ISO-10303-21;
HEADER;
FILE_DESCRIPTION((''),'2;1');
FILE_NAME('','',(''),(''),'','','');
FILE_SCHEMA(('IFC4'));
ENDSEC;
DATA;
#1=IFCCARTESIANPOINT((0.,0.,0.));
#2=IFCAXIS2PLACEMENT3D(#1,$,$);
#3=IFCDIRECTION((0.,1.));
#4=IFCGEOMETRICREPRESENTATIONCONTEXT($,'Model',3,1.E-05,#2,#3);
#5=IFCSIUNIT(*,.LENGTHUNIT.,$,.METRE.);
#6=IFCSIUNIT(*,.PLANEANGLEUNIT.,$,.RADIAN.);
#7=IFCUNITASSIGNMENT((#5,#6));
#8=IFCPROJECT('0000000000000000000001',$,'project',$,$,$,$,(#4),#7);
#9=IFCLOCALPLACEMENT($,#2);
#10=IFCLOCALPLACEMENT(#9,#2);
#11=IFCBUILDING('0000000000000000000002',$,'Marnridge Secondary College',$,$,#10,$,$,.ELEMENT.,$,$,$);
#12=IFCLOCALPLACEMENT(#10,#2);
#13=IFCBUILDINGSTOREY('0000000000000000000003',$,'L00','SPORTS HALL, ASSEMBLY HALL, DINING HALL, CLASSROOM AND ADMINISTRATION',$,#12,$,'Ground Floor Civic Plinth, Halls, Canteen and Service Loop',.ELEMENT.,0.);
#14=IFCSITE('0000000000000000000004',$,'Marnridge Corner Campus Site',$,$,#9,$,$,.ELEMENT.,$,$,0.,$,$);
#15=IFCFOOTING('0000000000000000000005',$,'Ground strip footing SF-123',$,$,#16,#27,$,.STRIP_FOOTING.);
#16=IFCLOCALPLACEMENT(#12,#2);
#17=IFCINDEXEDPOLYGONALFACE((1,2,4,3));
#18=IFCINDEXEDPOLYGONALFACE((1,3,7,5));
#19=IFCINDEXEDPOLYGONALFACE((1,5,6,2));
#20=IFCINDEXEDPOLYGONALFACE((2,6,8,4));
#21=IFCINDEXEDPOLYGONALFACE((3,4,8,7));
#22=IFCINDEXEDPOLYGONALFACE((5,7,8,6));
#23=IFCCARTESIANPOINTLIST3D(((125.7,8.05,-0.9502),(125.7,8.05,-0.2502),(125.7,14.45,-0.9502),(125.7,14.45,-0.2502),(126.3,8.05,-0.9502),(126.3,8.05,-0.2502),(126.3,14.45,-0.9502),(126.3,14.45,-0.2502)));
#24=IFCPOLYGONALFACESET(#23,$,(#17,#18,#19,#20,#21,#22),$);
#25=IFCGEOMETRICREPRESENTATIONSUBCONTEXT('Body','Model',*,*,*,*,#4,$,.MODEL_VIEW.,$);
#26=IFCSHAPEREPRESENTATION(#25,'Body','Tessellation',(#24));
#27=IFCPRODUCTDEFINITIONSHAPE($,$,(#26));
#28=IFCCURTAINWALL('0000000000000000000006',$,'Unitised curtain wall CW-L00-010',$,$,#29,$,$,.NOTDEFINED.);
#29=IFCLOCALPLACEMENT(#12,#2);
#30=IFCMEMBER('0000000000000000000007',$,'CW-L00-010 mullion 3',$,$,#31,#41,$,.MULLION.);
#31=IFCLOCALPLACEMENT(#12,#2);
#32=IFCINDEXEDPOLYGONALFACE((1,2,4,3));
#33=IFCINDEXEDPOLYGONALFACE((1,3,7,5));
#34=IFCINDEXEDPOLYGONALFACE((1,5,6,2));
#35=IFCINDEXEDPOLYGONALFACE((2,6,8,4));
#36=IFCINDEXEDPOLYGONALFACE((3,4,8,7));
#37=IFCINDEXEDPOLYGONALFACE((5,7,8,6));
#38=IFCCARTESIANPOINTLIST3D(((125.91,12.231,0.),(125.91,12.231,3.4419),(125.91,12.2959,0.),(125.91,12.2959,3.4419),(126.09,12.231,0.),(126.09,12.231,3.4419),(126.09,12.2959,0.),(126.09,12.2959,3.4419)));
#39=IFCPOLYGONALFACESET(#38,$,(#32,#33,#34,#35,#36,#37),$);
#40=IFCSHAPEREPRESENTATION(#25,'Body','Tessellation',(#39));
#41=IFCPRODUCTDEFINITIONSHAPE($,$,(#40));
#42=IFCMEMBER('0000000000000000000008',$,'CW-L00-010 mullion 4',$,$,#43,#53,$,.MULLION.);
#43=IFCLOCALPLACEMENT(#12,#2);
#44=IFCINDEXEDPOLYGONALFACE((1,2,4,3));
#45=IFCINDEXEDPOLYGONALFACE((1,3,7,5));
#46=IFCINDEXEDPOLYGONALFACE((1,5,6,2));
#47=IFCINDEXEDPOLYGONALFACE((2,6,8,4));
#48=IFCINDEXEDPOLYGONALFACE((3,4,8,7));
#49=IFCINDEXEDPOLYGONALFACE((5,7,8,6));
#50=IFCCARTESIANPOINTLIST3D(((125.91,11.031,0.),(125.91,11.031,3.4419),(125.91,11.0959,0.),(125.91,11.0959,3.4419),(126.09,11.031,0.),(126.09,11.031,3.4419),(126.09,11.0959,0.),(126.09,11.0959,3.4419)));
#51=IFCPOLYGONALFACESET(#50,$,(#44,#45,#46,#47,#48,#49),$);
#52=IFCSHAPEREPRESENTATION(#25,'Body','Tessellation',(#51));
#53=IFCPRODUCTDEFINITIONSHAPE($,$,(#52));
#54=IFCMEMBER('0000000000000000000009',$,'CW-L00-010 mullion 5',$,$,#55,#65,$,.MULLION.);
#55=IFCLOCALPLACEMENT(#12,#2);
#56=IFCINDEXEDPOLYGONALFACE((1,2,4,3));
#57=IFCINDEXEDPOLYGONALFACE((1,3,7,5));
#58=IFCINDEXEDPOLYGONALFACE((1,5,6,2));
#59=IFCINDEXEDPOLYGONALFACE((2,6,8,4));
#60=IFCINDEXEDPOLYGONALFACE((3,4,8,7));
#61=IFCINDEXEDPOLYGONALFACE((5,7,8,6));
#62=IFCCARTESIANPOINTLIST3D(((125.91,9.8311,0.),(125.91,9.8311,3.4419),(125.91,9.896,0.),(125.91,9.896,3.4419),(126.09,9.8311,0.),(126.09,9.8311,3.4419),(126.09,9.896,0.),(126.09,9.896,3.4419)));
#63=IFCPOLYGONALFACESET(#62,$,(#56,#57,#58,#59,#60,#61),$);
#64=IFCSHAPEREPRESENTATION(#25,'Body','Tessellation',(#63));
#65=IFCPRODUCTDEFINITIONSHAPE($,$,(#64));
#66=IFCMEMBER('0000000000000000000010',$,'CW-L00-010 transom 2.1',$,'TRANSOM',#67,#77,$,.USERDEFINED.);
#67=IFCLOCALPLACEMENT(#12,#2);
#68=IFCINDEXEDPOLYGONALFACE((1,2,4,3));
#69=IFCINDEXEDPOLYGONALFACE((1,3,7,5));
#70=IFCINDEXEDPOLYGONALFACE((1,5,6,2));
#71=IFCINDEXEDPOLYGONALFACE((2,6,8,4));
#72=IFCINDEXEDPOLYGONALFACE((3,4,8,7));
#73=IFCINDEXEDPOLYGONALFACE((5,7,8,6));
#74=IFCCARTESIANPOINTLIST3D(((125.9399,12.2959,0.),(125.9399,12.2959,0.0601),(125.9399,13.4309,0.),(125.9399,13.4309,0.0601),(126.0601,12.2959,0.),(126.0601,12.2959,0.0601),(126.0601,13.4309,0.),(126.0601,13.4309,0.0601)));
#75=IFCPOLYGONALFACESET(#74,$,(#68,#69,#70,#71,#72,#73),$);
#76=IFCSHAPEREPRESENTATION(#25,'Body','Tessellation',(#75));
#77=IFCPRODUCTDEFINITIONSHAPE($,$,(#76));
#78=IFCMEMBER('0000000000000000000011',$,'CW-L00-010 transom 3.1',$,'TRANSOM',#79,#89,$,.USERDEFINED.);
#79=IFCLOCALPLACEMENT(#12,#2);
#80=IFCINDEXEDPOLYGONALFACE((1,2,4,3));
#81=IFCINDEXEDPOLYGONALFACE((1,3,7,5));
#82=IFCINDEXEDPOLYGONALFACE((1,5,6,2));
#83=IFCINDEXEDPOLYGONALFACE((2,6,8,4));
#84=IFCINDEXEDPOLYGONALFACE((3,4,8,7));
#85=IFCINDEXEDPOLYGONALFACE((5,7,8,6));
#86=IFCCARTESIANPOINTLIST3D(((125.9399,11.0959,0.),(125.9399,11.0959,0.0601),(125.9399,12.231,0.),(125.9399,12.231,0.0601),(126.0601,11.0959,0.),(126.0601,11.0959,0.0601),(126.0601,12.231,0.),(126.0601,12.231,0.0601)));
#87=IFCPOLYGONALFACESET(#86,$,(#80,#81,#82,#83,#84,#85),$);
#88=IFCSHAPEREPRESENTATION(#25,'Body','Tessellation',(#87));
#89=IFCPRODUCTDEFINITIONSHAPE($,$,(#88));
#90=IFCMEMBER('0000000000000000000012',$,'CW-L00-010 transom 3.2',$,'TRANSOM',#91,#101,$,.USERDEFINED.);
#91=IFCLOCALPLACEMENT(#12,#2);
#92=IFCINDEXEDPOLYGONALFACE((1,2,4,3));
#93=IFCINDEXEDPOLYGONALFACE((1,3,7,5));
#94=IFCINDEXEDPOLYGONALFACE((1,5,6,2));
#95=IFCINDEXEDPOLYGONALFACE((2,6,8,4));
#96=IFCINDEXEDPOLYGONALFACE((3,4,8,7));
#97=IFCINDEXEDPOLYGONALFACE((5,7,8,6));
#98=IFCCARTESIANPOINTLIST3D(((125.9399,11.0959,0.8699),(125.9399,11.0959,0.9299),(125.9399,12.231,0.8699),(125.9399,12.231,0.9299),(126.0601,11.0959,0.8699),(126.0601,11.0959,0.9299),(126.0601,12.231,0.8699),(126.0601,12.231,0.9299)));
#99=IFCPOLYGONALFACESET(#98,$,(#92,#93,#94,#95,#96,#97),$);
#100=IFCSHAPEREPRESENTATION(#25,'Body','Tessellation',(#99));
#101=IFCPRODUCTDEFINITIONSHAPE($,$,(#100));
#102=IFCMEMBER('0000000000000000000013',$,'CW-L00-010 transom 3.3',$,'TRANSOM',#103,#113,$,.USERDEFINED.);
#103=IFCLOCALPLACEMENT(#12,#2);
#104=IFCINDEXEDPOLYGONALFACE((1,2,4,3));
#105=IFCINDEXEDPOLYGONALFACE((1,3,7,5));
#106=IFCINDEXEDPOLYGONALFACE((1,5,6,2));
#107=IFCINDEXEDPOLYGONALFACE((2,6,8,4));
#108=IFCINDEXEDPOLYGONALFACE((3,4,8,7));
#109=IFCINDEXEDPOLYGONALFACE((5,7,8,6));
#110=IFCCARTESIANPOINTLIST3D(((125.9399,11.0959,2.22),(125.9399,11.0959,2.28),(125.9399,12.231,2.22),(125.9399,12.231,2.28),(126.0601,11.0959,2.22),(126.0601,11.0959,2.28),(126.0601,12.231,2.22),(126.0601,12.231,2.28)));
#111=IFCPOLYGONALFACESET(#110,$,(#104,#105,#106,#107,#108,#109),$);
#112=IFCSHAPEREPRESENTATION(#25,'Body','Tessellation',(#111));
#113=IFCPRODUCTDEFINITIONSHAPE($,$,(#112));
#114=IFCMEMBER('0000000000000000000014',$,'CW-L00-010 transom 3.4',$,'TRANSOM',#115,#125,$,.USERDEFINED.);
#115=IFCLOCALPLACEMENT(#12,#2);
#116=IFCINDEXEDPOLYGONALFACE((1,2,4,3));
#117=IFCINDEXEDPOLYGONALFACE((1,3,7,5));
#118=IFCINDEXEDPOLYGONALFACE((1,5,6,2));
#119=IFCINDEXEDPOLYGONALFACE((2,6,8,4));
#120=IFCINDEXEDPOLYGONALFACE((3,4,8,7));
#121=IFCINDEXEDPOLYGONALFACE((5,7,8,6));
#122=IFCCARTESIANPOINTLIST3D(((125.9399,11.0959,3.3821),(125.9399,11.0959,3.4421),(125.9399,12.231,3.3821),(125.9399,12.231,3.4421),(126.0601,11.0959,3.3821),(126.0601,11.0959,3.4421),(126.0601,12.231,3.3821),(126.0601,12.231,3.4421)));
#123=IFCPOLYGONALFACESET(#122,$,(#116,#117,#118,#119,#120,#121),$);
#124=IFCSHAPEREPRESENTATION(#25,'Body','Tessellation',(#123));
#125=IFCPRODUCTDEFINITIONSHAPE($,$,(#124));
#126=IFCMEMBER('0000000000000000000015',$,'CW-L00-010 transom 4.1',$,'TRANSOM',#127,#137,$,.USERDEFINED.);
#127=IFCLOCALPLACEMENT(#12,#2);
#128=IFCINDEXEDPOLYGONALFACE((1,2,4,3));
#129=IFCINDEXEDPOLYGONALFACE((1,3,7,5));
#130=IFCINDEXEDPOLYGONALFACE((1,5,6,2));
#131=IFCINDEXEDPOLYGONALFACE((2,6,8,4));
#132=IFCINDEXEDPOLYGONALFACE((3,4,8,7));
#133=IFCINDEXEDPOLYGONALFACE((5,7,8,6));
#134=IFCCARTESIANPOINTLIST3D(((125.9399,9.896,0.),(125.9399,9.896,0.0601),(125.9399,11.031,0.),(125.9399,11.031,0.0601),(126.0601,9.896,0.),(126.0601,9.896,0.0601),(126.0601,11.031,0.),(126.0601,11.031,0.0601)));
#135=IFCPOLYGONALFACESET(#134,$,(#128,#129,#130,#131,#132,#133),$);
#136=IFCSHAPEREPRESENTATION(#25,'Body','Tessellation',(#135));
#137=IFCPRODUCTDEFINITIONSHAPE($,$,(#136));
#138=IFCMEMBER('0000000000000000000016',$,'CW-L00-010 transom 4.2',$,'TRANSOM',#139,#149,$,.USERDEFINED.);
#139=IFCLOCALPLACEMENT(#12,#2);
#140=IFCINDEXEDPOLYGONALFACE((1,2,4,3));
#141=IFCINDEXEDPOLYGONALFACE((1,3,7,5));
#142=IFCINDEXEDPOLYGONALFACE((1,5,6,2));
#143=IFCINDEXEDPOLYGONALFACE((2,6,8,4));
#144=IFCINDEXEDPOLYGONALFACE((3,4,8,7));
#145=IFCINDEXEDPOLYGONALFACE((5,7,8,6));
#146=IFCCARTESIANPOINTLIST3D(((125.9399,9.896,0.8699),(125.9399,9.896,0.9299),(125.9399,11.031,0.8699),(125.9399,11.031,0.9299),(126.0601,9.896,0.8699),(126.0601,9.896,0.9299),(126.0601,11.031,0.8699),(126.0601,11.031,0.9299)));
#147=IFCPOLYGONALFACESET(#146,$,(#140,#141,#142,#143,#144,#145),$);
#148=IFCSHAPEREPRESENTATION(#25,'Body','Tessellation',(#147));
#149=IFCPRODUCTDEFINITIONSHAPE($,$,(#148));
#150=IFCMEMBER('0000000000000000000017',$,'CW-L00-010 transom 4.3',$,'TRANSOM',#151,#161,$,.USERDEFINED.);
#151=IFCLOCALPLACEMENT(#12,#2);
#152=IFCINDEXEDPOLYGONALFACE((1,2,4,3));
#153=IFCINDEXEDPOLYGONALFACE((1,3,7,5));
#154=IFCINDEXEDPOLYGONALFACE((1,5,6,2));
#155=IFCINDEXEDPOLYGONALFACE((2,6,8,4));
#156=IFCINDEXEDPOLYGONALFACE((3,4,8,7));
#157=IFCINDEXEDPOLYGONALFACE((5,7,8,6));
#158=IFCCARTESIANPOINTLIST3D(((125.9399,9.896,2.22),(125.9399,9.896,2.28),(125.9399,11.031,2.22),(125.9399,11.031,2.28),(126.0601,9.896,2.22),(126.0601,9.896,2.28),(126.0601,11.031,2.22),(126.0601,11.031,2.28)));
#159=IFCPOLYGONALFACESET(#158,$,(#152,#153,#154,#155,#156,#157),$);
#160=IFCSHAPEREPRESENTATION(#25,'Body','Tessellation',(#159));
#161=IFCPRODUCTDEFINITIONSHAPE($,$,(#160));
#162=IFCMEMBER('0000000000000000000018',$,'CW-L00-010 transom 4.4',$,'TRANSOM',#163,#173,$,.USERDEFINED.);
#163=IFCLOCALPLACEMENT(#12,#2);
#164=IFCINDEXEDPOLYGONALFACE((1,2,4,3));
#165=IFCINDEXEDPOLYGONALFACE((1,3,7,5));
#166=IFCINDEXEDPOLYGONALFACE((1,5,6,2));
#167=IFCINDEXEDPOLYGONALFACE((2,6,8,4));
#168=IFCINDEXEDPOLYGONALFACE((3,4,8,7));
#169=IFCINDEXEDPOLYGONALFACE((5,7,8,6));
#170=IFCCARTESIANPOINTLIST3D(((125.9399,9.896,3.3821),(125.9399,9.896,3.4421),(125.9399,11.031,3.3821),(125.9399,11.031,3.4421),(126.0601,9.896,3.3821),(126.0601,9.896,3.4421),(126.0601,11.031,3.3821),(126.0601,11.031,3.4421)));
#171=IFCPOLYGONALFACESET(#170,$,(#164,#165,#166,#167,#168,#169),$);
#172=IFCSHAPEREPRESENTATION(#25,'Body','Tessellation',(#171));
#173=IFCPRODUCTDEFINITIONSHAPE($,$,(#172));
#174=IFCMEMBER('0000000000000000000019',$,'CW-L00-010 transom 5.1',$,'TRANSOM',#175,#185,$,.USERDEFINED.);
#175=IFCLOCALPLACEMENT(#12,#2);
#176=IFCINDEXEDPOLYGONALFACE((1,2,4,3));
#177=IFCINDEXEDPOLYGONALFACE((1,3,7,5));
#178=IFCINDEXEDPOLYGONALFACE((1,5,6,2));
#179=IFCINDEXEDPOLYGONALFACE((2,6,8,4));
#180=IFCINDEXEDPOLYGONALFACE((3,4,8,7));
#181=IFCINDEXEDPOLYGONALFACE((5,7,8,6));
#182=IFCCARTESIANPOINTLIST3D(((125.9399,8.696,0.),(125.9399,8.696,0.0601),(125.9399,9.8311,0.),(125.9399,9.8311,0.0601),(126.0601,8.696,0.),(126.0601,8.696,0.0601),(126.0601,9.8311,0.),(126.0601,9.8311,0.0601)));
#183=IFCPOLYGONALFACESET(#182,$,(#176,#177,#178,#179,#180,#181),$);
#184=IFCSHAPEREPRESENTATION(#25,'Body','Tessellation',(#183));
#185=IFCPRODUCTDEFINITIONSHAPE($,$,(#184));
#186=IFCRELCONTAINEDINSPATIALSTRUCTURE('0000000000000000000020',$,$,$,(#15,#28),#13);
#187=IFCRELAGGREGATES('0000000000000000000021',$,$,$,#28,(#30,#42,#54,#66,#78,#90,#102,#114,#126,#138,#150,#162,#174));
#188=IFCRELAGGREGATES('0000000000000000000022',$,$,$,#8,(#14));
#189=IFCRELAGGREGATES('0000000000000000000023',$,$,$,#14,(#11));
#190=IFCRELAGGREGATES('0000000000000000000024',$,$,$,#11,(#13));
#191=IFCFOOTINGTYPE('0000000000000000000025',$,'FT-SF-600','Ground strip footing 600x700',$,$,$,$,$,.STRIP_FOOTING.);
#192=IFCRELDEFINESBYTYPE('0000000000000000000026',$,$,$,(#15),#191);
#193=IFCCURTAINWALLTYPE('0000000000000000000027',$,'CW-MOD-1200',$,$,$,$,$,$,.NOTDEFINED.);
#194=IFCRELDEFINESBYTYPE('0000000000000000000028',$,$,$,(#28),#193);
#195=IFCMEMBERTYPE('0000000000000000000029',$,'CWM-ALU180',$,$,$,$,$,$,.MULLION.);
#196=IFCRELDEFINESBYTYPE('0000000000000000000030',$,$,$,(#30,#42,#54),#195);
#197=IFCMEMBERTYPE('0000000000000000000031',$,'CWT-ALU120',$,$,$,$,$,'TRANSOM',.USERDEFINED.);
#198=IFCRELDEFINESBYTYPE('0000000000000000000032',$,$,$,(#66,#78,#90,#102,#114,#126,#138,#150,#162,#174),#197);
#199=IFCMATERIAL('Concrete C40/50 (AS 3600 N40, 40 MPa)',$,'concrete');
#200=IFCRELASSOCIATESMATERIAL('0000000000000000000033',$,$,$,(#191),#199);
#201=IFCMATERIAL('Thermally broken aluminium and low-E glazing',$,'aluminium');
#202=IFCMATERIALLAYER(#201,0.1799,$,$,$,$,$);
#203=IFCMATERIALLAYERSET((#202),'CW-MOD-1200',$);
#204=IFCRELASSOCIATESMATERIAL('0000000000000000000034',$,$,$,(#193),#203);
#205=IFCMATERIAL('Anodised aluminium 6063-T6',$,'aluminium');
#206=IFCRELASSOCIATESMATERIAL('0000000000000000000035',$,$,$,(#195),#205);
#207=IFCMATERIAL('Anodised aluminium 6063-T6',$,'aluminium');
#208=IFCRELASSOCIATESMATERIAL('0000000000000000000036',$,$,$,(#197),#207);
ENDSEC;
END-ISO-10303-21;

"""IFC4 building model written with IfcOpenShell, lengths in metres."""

from ifc_helpers import new_model, si_unit, direction, frame, origin, origin_2d, place, context, subcontext, project, spatial, rectangle, extrude, material, layer, layer_set, material_profile, profile_set, type_object, element, aggregate, save


model = new_model("IFC4")

# Units and contexts
model_context = context("Model", 3, precision=1e-05, world=origin(), true_north=direction((0.0, 1.0)))
body_context = subcontext(model_context, "Body", "Model", "MODEL_VIEW")
ifc_project = project(units=[si_unit("LENGTHUNIT", "METRE"), si_unit("PLANEANGLEUNIT", "RADIAN")], contexts=[model_context])

# Site, building, storey
site_placement = place(None, origin())
site = spatial("IfcSite", under=ifc_project, at=site_placement, Name="Marnridge Corner Campus Site", CompositionType="ELEMENT", RefElevation=0.0)
building_placement = place(site_placement, origin())
building = spatial("IfcBuilding", under=site, at=building_placement, Name="Marnridge Secondary College", CompositionType="ELEMENT")
storey_placement = place(building_placement, origin())
storey = spatial("IfcBuildingStorey", under=building, at=storey_placement, Name="L00", Description="SPORTS HALL, ASSEMBLY HALL, DINING HALL, CLASSROOM AND ADMINISTRATION", LongName="Ground Floor Civic Plinth, Halls, Canteen and Service Loop", CompositionType="ELEMENT", Elevation=0.0)

# Footing
ifc_material_1 = material(Name="Concrete C40/50 (AS 3600 N40, 40 MPa)", Category="concrete")
footing_type = type_object("IfcFootingType", Name="FT-SF-600", Description="Ground strip footing 600x700", PredefinedType="STRIP_FOOTING", material=ifc_material_1)
footing_placement = place(storey_placement, frame((126.0, 11.25, -0.9502), z_axis=(0.0, 0.0, 1.0), x_axis=(1.0, 0.0, 0.0)))
element("IfcFooting", 1, at=footing_placement, inside=storey, type_object=footing_type, Name="Ground strip footing SF-123", PredefinedType="STRIP_FOOTING", context=body_context, shape_type="SweptSolid", body=[
    extrude(rectangle(XDim=0.6001, YDim=6.3999, at=origin_2d()), origin(), (0.0, 0.0, 1.0), 0.7),
])

# Curtain wall, members
ifc_material_2 = material(Name="Thermally broken aluminium and low-E glazing", Category="aluminium")
ifc_layer_1 = layer(ifc_material_2, 0.1799)
ifc_layer_set_1 = layer_set([ifc_layer_1], Name="CW-MOD-1200")
curtain_wall_type = type_object("IfcCurtainWallType", Name="CW-MOD-1200", PredefinedType="NOTDEFINED", material=ifc_layer_set_1)
curtain_wall_placement = place(storey_placement, origin())
curtain_wall = element("IfcCurtainWall", 2, at=curtain_wall_placement, inside=storey, type_object=curtain_wall_type, Name="Unitised curtain wall CW-L00-010", PredefinedType="NOTDEFINED")
ifc_material_3 = material(Name="Anodised aluminium 6063-T6", Category="aluminium")
ifc_material_profile_1 = material_profile(ifc_material_3, rectangle(XDim=0.0649, YDim=0.1799, at=origin_2d()), Name="ALU 65x180")
ifc_profile_set_1 = profile_set([ifc_material_profile_1], Name="Anodised aluminium 6063-T6")
member_type_1 = type_object("IfcMemberType", Name="CWM-ALU180", PredefinedType="MULLION", material=ifc_profile_set_1)
member_1_placement = place(storey_placement, frame((126.0, 12.2634, 0.0), z_axis=(0.0, 0.0, 1.0), x_axis=(0.0, -1.0, 0.0)))
member_1 = element("IfcMember", 3, at=member_1_placement, type_object=member_type_1, Name="CW-L00-010 mullion 3", PredefinedType="MULLION", context=body_context, shape_type="SweptSolid", body=[
    extrude(rectangle(XDim=0.0649, YDim=0.1799, at=origin_2d()), origin(), (0.0, 0.0, 1.0), 3.4419),
])
member_2_placement = place(storey_placement, frame((126.0, 11.0635, 0.0), z_axis=(0.0, 0.0, 1.0), x_axis=(0.0, -1.0, 0.0)))
member_2 = element("IfcMember", 4, at=member_2_placement, type_object=member_type_1, Name="CW-L00-010 mullion 4", PredefinedType="MULLION", context=body_context, shape_type="SweptSolid", body=[
    extrude(rectangle(XDim=0.0649, YDim=0.1799, at=origin_2d()), origin(), (0.0, 0.0, 1.0), 3.4419),
])
member_3_placement = place(storey_placement, frame((126.0, 9.8635, 0.0), z_axis=(0.0, 0.0, 1.0), x_axis=(0.0, -1.0, 0.0)))
member_3 = element("IfcMember", 5, at=member_3_placement, type_object=member_type_1, Name="CW-L00-010 mullion 5", PredefinedType="MULLION", context=body_context, shape_type="SweptSolid", body=[
    extrude(rectangle(XDim=0.0649, YDim=0.1799, at=origin_2d()), origin(), (0.0, 0.0, 1.0), 3.4419),
])
ifc_material_4 = material(Name="Anodised aluminium 6063-T6", Category="aluminium")
ifc_material_profile_2 = material_profile(ifc_material_4, rectangle(XDim=0.0601, YDim=0.1201, at=origin_2d()), Name="ALU 60x120")
ifc_profile_set_2 = profile_set([ifc_material_profile_2], Name="Anodised aluminium 6063-T6")
member_type_2 = type_object("IfcMemberType", Name="CWT-ALU120", ElementType="TRANSOM", PredefinedType="USERDEFINED", material=ifc_profile_set_2)
member_4_placement = place(storey_placement, frame((126.0, 13.4309, 0.03), z_axis=(0.0, -1.0, 0.0), x_axis=(0.0, 0.0, 1.0)))
member_4 = element("IfcMember", 6, at=member_4_placement, type_object=member_type_2, Name="CW-L00-010 transom 2.1", ObjectType="TRANSOM", PredefinedType="USERDEFINED", context=body_context, shape_type="SweptSolid", body=[
    extrude(rectangle(XDim=0.0601, YDim=0.1201, at=origin_2d()), origin(), (0.0, 0.0, 1.0), 1.135),
])
member_5_placement = place(storey_placement, frame((126.0, 12.231, 0.03), z_axis=(0.0, -1.0, 0.0), x_axis=(0.0, 0.0, 1.0)))
member_5 = element("IfcMember", 7, at=member_5_placement, type_object=member_type_2, Name="CW-L00-010 transom 3.1", ObjectType="TRANSOM", PredefinedType="USERDEFINED", context=body_context, shape_type="SweptSolid", body=[
    extrude(rectangle(XDim=0.0601, YDim=0.1201, at=origin_2d()), origin(), (0.0, 0.0, 1.0), 1.135),
])
member_6_placement = place(storey_placement, frame((126.0, 12.231, 0.8999), z_axis=(0.0, -1.0, 0.0), x_axis=(0.0, 0.0, 1.0)))
member_6 = element("IfcMember", 8, at=member_6_placement, type_object=member_type_2, Name="CW-L00-010 transom 3.2", ObjectType="TRANSOM", PredefinedType="USERDEFINED", context=body_context, shape_type="SweptSolid", body=[
    extrude(rectangle(XDim=0.0601, YDim=0.1201, at=origin_2d()), origin(), (0.0, 0.0, 1.0), 1.135),
])
member_7_placement = place(storey_placement, frame((126.0, 12.231, 2.25), z_axis=(0.0, -1.0, 0.0), x_axis=(0.0, 0.0, 1.0)))
member_7 = element("IfcMember", 9, at=member_7_placement, type_object=member_type_2, Name="CW-L00-010 transom 3.3", ObjectType="TRANSOM", PredefinedType="USERDEFINED", context=body_context, shape_type="SweptSolid", body=[
    extrude(rectangle(XDim=0.0601, YDim=0.1201, at=origin_2d()), origin(), (0.0, 0.0, 1.0), 1.135),
])
member_8_placement = place(storey_placement, frame((126.0, 12.231, 3.4121), z_axis=(0.0, -1.0, 0.0), x_axis=(0.0, 0.0, 1.0)))
member_8 = element("IfcMember", 10, at=member_8_placement, type_object=member_type_2, Name="CW-L00-010 transom 3.4", ObjectType="TRANSOM", PredefinedType="USERDEFINED", context=body_context, shape_type="SweptSolid", body=[
    extrude(rectangle(XDim=0.0601, YDim=0.1201, at=origin_2d()), origin(), (0.0, 0.0, 1.0), 1.135),
])
member_9_placement = place(storey_placement, frame((126.0, 11.031, 0.03), z_axis=(0.0, -1.0, 0.0), x_axis=(0.0, 0.0, 1.0)))
member_9 = element("IfcMember", 11, at=member_9_placement, type_object=member_type_2, Name="CW-L00-010 transom 4.1", ObjectType="TRANSOM", PredefinedType="USERDEFINED", context=body_context, shape_type="SweptSolid", body=[
    extrude(rectangle(XDim=0.0601, YDim=0.1201, at=origin_2d()), origin(), (0.0, 0.0, 1.0), 1.135),
])
member_10_placement = place(storey_placement, frame((126.0, 11.031, 0.8999), z_axis=(0.0, -1.0, 0.0), x_axis=(0.0, 0.0, 1.0)))
member_10 = element("IfcMember", 12, at=member_10_placement, type_object=member_type_2, Name="CW-L00-010 transom 4.2", ObjectType="TRANSOM", PredefinedType="USERDEFINED", context=body_context, shape_type="SweptSolid", body=[
    extrude(rectangle(XDim=0.0601, YDim=0.1201, at=origin_2d()), origin(), (0.0, 0.0, 1.0), 1.135),
])
member_11_placement = place(storey_placement, frame((126.0, 11.031, 2.25), z_axis=(0.0, -1.0, 0.0), x_axis=(0.0, 0.0, 1.0)))
member_11 = element("IfcMember", 13, at=member_11_placement, type_object=member_type_2, Name="CW-L00-010 transom 4.3", ObjectType="TRANSOM", PredefinedType="USERDEFINED", context=body_context, shape_type="SweptSolid", body=[
    extrude(rectangle(XDim=0.0601, YDim=0.1201, at=origin_2d()), origin(), (0.0, 0.0, 1.0), 1.135),
])
member_12_placement = place(storey_placement, frame((126.0, 11.031, 3.4121), z_axis=(0.0, -1.0, 0.0), x_axis=(0.0, 0.0, 1.0)))
member_12 = element("IfcMember", 14, at=member_12_placement, type_object=member_type_2, Name="CW-L00-010 transom 4.4", ObjectType="TRANSOM", PredefinedType="USERDEFINED", context=body_context, shape_type="SweptSolid", body=[
    extrude(rectangle(XDim=0.0601, YDim=0.1201, at=origin_2d()), origin(), (0.0, 0.0, 1.0), 1.135),
])
member_13_placement = place(storey_placement, frame((126.0, 9.8311, 0.03), z_axis=(0.0, -1.0, 0.0), x_axis=(0.0, 0.0, 1.0)))
member_13 = element("IfcMember", 15, at=member_13_placement, type_object=member_type_2, Name="CW-L00-010 transom 5.1", ObjectType="TRANSOM", PredefinedType="USERDEFINED", context=body_context, shape_type="SweptSolid", body=[
    extrude(rectangle(XDim=0.0601, YDim=0.1201, at=origin_2d()), origin(), (0.0, 0.0, 1.0), 1.135),
])
aggregate(curtain_wall, [member_1, member_2, member_3, member_4, member_5, member_6, member_7, member_8, member_9, member_10, member_11, member_12, member_13])

save(model, "model.ifc")
